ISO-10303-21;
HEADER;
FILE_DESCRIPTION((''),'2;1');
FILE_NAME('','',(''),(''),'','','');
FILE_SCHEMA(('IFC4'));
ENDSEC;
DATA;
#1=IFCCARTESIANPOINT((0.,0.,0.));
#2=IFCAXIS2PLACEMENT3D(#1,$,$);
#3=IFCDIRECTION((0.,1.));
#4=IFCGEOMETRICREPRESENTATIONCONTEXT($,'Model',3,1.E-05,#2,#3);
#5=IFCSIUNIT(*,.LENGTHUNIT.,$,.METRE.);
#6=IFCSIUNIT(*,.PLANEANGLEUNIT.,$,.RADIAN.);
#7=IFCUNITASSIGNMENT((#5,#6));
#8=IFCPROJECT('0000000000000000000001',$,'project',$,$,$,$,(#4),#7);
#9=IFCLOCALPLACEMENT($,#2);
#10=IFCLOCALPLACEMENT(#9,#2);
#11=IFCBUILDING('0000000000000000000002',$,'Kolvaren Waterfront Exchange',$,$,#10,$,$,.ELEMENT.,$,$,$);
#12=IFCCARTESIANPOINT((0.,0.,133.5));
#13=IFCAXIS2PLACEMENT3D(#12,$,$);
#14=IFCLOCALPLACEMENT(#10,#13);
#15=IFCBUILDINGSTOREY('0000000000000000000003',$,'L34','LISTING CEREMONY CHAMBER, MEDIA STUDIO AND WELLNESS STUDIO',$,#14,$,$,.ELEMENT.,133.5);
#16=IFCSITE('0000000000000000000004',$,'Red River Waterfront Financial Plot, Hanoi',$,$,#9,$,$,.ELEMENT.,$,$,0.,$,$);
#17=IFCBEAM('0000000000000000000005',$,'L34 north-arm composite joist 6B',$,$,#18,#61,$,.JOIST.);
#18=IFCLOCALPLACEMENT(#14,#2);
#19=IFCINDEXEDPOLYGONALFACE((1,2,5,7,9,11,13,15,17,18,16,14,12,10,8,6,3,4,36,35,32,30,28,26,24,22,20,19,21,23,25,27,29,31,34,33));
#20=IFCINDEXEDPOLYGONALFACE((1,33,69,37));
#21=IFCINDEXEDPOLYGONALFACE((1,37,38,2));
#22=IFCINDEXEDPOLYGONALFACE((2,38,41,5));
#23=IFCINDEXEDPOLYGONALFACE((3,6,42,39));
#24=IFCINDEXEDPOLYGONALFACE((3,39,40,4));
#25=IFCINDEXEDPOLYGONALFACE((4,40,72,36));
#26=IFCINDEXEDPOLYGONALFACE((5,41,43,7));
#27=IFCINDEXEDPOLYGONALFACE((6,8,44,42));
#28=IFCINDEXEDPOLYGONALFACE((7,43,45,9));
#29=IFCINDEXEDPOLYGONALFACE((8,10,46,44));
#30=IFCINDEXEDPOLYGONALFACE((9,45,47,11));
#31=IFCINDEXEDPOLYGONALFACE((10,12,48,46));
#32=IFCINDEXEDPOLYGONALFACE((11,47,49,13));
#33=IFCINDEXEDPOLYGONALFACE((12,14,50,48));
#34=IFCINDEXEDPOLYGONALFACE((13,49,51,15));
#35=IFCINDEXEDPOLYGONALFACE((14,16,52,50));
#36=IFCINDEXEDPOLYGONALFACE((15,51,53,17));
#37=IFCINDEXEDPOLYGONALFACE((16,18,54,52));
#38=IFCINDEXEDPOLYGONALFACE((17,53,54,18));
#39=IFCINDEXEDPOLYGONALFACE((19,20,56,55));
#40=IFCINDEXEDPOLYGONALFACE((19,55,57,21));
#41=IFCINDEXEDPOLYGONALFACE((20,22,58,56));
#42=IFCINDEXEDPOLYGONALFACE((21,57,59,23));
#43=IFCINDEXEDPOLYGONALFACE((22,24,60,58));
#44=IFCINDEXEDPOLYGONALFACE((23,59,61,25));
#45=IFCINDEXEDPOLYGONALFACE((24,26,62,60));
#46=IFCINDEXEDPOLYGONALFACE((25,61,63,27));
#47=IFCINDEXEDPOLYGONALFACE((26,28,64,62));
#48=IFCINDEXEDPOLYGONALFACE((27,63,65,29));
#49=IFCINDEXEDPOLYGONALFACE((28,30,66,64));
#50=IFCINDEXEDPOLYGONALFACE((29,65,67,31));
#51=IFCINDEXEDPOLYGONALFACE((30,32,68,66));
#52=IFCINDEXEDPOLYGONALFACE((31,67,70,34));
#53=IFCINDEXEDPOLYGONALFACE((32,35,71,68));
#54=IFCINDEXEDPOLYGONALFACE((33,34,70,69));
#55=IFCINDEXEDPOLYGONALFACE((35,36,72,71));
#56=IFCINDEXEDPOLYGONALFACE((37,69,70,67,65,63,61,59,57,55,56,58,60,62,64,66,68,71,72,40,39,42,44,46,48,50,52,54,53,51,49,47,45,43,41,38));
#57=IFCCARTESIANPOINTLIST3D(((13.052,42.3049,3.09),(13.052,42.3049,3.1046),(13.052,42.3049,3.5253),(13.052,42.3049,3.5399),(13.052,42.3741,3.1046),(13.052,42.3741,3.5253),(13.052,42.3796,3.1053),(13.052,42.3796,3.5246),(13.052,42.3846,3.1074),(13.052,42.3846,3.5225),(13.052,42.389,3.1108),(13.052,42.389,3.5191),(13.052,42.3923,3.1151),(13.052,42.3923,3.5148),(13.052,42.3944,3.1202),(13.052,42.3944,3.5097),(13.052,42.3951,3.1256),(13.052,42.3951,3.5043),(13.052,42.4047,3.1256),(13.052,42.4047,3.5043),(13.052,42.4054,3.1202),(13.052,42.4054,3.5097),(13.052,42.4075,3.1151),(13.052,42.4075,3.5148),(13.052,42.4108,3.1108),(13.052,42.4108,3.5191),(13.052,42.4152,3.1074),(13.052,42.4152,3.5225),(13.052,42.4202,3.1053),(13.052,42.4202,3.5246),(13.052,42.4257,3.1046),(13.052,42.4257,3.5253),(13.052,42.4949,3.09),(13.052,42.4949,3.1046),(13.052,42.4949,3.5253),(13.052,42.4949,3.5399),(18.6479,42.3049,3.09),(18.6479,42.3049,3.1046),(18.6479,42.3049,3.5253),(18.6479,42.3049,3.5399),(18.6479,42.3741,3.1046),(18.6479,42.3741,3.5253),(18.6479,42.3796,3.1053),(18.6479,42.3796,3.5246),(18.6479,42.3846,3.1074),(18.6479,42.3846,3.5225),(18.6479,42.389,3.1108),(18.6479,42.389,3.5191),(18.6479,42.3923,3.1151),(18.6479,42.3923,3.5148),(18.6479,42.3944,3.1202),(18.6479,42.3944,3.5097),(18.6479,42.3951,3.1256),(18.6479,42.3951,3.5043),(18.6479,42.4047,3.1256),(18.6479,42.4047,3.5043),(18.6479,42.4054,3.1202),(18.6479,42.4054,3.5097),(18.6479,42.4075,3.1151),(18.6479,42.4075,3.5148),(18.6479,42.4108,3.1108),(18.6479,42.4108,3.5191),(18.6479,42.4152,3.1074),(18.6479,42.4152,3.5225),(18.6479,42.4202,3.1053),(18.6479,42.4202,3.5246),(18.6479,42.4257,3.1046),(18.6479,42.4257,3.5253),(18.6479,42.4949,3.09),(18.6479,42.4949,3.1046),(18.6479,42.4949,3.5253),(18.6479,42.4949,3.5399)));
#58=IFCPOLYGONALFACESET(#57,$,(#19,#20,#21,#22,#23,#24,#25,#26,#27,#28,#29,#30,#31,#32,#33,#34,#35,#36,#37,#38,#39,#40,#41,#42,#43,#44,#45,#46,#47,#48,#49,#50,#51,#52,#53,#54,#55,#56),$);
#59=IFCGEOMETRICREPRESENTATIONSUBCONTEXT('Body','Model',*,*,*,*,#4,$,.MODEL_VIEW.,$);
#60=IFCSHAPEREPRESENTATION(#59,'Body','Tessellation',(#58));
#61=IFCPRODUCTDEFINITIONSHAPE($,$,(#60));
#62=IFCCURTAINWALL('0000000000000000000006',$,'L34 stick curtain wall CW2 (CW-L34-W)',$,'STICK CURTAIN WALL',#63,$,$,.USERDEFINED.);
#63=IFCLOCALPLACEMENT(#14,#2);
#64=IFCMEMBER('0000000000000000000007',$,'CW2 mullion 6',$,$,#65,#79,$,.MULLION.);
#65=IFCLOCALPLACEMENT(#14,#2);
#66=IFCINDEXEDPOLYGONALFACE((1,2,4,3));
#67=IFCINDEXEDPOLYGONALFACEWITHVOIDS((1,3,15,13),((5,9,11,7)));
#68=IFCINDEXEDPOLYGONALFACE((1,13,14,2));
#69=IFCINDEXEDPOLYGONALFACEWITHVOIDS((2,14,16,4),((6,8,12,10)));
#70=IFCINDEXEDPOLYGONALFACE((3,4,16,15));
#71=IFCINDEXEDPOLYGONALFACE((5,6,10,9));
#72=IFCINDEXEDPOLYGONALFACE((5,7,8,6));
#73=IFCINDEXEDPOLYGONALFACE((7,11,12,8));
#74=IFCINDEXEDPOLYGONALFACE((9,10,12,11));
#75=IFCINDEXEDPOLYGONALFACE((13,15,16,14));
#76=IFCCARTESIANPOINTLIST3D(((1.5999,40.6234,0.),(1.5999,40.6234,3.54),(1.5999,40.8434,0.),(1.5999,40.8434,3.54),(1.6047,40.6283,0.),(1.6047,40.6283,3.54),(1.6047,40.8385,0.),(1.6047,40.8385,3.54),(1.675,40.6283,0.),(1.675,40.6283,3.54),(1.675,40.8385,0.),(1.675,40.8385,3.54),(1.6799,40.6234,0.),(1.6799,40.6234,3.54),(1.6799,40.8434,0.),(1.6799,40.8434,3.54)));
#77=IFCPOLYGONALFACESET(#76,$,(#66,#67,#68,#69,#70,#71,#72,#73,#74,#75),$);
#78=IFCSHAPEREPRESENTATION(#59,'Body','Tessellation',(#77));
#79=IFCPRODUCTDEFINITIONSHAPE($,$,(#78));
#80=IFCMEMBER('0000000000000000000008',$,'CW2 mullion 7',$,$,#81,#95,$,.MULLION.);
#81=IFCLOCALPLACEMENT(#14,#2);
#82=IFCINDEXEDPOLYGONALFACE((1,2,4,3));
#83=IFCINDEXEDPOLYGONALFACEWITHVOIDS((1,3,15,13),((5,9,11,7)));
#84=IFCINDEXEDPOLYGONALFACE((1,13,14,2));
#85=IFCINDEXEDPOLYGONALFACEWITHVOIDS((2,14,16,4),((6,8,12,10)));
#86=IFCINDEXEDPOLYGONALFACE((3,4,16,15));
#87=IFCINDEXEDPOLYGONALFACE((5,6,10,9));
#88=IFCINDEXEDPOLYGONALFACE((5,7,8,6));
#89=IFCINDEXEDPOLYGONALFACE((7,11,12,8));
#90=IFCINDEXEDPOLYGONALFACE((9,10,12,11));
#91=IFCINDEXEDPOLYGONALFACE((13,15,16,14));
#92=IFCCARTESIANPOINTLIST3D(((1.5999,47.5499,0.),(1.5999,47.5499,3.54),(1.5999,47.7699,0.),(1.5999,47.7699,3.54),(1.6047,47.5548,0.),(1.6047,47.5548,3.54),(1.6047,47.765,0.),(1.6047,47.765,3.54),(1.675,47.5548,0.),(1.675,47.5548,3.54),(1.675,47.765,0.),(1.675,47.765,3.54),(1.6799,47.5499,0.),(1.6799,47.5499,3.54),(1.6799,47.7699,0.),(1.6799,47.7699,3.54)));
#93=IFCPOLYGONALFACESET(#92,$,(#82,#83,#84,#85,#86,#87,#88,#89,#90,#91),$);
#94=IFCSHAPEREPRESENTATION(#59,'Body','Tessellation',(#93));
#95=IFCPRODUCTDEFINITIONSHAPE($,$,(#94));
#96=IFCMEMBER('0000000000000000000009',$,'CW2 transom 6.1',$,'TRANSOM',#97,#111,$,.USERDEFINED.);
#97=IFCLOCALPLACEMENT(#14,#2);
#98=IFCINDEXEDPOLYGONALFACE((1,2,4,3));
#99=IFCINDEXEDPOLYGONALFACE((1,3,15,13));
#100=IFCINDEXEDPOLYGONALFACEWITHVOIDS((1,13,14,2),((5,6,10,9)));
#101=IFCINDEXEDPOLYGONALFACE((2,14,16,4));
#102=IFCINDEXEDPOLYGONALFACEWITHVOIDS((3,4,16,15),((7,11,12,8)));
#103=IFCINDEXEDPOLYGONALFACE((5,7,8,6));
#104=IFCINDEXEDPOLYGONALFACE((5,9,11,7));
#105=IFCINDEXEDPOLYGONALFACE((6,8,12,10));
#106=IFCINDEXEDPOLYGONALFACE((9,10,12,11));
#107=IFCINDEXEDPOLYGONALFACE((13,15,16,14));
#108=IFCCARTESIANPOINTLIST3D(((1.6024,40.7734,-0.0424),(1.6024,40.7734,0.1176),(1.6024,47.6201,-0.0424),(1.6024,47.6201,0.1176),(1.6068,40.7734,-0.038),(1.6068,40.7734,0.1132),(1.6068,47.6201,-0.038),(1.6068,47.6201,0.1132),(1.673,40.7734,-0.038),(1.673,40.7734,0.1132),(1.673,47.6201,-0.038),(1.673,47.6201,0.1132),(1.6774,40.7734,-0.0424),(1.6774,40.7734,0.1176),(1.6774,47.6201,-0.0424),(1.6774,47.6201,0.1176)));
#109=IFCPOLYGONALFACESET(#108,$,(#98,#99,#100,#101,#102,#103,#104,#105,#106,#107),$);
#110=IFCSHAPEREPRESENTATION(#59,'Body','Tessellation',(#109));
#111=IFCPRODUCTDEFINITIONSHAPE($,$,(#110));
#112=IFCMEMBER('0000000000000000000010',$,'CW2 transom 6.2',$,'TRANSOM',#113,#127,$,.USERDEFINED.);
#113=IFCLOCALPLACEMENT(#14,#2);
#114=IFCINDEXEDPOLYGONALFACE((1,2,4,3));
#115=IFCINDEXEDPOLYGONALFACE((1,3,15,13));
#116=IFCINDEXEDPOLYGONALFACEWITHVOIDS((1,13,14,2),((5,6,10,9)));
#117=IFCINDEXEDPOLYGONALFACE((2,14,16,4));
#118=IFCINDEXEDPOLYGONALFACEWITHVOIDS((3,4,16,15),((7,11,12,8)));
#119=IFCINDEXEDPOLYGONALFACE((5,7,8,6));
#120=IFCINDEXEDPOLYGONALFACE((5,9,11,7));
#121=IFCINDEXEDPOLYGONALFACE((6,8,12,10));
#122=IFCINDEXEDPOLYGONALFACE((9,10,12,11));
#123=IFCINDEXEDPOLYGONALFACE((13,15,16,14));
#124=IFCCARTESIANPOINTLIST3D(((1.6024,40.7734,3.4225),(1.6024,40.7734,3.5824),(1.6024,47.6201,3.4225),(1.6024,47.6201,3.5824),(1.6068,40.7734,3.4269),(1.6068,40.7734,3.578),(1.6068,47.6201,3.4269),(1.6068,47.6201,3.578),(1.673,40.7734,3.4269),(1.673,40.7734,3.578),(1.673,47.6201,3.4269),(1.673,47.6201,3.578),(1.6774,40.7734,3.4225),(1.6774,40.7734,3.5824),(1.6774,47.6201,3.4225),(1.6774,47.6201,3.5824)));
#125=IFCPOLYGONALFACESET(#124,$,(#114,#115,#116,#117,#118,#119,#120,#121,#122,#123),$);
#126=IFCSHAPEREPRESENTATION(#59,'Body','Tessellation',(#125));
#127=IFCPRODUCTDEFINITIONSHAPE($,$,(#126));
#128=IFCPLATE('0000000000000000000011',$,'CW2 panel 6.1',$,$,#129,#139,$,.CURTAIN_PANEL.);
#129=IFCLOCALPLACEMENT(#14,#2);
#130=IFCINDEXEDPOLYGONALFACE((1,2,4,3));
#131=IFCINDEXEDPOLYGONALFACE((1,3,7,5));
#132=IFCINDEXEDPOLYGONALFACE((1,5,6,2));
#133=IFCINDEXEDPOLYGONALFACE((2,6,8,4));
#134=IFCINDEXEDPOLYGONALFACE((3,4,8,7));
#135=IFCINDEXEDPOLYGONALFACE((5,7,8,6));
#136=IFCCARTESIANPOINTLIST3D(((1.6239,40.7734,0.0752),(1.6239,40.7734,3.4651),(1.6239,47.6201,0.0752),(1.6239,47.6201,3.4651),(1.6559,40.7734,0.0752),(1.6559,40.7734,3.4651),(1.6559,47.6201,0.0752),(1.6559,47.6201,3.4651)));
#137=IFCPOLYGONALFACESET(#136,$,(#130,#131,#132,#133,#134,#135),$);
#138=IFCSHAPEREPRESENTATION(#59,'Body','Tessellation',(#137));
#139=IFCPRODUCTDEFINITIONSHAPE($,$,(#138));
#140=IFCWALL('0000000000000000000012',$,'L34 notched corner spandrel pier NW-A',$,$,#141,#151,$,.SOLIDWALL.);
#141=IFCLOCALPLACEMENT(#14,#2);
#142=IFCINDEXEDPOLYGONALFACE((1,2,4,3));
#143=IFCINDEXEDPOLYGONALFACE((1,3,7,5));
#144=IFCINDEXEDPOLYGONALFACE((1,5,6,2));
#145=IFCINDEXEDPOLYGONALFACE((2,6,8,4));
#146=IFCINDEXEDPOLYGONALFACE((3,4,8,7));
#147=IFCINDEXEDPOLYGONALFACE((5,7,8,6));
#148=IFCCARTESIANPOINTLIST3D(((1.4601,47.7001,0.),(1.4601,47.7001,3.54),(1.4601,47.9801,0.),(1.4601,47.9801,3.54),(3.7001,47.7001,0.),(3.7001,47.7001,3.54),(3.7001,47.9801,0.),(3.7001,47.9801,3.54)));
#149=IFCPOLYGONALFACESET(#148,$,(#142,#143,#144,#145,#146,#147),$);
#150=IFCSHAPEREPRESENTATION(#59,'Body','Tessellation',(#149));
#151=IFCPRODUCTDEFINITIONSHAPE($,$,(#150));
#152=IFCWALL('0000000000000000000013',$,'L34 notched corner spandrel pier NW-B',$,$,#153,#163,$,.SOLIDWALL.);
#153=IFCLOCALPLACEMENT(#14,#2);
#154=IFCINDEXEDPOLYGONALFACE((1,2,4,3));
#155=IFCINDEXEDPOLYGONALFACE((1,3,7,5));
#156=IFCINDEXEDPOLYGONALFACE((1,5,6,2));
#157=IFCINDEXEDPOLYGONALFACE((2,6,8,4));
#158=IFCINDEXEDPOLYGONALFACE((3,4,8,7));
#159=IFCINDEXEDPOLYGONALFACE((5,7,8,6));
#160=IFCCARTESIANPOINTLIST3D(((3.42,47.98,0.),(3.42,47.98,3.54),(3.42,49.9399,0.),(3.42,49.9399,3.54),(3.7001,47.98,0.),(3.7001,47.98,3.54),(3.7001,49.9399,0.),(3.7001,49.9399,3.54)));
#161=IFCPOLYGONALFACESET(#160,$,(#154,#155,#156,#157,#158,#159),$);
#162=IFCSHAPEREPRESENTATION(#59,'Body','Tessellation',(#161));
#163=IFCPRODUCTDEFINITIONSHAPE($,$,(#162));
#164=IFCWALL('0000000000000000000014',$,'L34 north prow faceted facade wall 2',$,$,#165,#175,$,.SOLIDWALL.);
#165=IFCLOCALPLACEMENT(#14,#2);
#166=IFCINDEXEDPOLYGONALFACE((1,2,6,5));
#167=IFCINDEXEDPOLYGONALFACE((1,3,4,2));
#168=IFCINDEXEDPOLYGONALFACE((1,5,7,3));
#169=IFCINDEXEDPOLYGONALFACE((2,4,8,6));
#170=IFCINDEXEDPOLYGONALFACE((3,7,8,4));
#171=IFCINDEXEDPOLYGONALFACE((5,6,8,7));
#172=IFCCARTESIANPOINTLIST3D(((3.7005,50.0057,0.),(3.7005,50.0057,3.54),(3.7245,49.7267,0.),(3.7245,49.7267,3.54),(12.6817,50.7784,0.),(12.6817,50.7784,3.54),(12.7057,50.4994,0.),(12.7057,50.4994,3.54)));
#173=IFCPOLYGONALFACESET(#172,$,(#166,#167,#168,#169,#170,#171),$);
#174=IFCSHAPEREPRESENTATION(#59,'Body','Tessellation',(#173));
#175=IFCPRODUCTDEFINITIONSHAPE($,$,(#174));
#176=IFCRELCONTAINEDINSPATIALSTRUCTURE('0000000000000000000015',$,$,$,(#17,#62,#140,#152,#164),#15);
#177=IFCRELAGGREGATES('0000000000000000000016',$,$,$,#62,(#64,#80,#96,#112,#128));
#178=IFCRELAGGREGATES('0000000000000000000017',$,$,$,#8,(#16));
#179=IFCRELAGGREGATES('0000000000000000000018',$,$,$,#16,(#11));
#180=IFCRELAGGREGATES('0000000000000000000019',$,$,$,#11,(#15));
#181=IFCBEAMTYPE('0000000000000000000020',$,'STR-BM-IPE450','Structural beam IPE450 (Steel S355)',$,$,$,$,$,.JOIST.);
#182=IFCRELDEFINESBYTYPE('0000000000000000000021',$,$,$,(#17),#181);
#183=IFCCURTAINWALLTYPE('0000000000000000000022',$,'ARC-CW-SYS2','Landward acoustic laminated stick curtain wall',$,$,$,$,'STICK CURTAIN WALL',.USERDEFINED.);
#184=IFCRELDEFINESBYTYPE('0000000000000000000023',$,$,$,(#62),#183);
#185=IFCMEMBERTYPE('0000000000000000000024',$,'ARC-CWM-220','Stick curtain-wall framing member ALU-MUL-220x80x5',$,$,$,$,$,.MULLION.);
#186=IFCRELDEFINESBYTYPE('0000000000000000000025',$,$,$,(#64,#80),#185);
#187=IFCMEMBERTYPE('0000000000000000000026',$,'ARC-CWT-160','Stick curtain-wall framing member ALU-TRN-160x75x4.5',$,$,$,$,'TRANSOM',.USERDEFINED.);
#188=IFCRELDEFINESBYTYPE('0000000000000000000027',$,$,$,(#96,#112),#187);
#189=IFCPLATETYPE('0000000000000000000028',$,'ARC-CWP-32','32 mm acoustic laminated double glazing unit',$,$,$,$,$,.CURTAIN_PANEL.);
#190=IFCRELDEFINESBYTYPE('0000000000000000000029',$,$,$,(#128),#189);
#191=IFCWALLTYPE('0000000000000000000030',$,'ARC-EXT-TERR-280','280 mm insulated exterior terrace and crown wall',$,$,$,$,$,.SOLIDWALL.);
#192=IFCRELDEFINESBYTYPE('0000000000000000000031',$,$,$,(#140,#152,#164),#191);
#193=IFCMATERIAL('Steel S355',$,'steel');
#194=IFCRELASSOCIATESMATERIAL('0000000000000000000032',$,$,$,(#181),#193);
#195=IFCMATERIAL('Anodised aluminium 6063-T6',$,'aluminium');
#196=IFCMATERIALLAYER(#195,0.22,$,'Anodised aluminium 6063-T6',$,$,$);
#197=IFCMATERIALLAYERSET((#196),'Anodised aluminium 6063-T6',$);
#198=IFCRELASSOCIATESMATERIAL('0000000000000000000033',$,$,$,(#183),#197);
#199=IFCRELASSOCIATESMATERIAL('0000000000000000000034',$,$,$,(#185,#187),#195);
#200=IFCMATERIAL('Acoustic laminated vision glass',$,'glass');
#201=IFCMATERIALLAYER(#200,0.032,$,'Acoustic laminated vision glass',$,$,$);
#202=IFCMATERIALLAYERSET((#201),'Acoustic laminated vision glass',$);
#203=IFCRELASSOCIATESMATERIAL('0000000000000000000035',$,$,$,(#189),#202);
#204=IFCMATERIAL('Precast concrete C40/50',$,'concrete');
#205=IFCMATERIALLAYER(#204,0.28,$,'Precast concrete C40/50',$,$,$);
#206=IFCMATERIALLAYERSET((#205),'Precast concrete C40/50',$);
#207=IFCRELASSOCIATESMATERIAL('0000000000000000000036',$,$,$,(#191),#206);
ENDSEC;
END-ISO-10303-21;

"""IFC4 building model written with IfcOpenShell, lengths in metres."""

from ifc_helpers import new_model, si_unit, direction, frame, frame_2d, origin, origin_with_axes, origin_2d, place, context, subcontext, project, spatial, rectangle, hollow_rectangle, i_section, extrude, source, transform, mapped, material, layer, layer_set, material_profile, profile_set, type_object, element, aggregate, save


model = new_model("IFC4")

# Units and contexts
model_context = context("Model", 3, precision=1e-05, world=origin(), true_north=direction((0.0, 1.0)))
body_context = subcontext(model_context, "Body", "Model", "MODEL_VIEW")
ifc_project = project(units=[si_unit("LENGTHUNIT", "METRE"), si_unit("PLANEANGLEUNIT", "RADIAN")], contexts=[model_context])

# Site, building, storey
site_placement = place(None, origin())
site = spatial("IfcSite", under=ifc_project, at=site_placement, Name="Red River Waterfront Financial Plot, Hanoi", CompositionType="ELEMENT", RefElevation=0.0)
building_placement = place(site_placement, origin())
building = spatial("IfcBuilding", under=site, at=building_placement, Name="Kolvaren Waterfront Exchange", CompositionType="ELEMENT")
storey_placement = place(building_placement, frame((0.0, 0.0, 133.5)))
storey = spatial("IfcBuildingStorey", under=building, at=storey_placement, Name="L34", Description="LISTING CEREMONY CHAMBER, MEDIA STUDIO AND WELLNESS STUDIO", CompositionType="ELEMENT", Elevation=133.5)

# Beam
ifc_material_1 = material(Name="Steel S355", Category="steel")
ifc_material_profile_1 = material_profile(ifc_material_1, i_section(OverallWidth=0.1899, OverallDepth=0.45, WebThickness=0.0095, FlangeThickness=0.0146, FilletRadius=0.021, at=origin_2d()), Name="IPE450")
ifc_profile_set_1 = profile_set([ifc_material_profile_1], Name="Steel S355")
beam_type_1 = type_object("IfcBeamType", Name="STR-BM-IPE450", Description="Structural beam IPE450 (Steel S355)", PredefinedType="JOIST", material=ifc_profile_set_1)
beam_1_placement = place(storey_placement, frame((13.052, 42.3999, 3.3149), z_axis=(1.0, 0.0, 0.0), x_axis=(0.0, 1.0, 0.0)))
element("IfcBeam", 1, at=beam_1_placement, inside=storey, type_object=beam_type_1, Name="L34 north-arm composite joist 6B", PredefinedType="JOIST", context=body_context, shape_type="SweptSolid", body=[
    extrude(i_section(OverallWidth=0.1899, OverallDepth=0.45, WebThickness=0.0095, FlangeThickness=0.0146, FilletRadius=0.021, at=origin_2d()), origin(), (0.0, 0.0, 1.0), 5.5959),
])

# Curtain wall, members, plate
ifc_material_2 = material(Name="Anodised aluminium 6063-T6", Category="aluminium")
ifc_layer_1 = layer(ifc_material_2, 0.22, Name="Anodised aluminium 6063-T6")
ifc_layer_set_1 = layer_set([ifc_layer_1], Name="Anodised aluminium 6063-T6")
curtain_wall_type = type_object("IfcCurtainWallType", Name="ARC-CW-SYS2", Description="Landward acoustic laminated stick curtain wall", ElementType="STICK CURTAIN WALL", PredefinedType="USERDEFINED", material=ifc_layer_set_1)
curtain_wall_placement = place(storey_placement, origin())
curtain_wall = element("IfcCurtainWall", 2, at=curtain_wall_placement, inside=storey, type_object=curtain_wall_type, Name="L34 stick curtain wall CW2 (CW-L34-W)", ObjectType="STICK CURTAIN WALL", PredefinedType="USERDEFINED")
ifc_material_profile_2 = material_profile(ifc_material_2, hollow_rectangle(XDim=0.0801, YDim=0.22, WallThickness=0.0049, at=origin_2d()), Name="ALU-MUL-220x80x5")
ifc_profile_set_2 = profile_set([ifc_material_profile_2], Name="Anodised aluminium 6063-T6")
member_type_1 = type_object("IfcMemberType", Name="ARC-CWM-220", Description="Stick curtain-wall framing member ALU-MUL-220x80x5", PredefinedType="MULLION", material=ifc_profile_set_2)
shared_shape_1 = source(origin_with_axes(), body_context, "Body", "SweptSolid", [
    extrude(hollow_rectangle(XDim=0.0801, YDim=0.22, WallThickness=0.0049, at=origin_2d()), origin(), (0.0, 0.0, 1.0), 3.54),
])
member_1_placement = place(storey_placement, frame((1.6399, 40.7334, 0.0), z_axis=(0.0, 0.0, 1.0), x_axis=(-1.0, 0.0, 0.0)))
member_1 = element("IfcMember", 3, at=member_1_placement, type_object=member_type_1, Name="CW2 mullion 6", PredefinedType="MULLION", context=body_context, shape_type="MappedRepresentation", body=[
    mapped(shared_shape_1, transform((0.0, 0.0, 0.0), x_axis=(1.0, 0.0, 0.0), y_axis=(0.0, 1.0, 0.0), z_axis=(0.0, 0.0, 1.0), scale=1.0)),
])
member_2_placement = place(storey_placement, frame((1.6399, 47.6599, 0.0), z_axis=(0.0, 0.0, 1.0), x_axis=(-1.0, 0.0, 0.0)))
member_2 = element("IfcMember", 4, at=member_2_placement, type_object=member_type_1, Name="CW2 mullion 7", PredefinedType="MULLION", context=body_context, shape_type="MappedRepresentation", body=[
    mapped(shared_shape_1, transform((0.0, 0.0, 0.0), x_axis=(1.0, 0.0, 0.0), y_axis=(0.0, 1.0, 0.0), z_axis=(0.0, 0.0, 1.0), scale=1.0)),
])
ifc_material_profile_3 = material_profile(ifc_material_2, hollow_rectangle(XDim=0.075, YDim=0.1599, WallThickness=0.0044, at=origin_2d()), Name="ALU-TRN-160x75x4.5")
ifc_profile_set_3 = profile_set([ifc_material_profile_3], Name="Anodised aluminium 6063-T6")
member_type_2 = type_object("IfcMemberType", Name="ARC-CWT-160", Description="Stick curtain-wall framing member ALU-TRN-160x75x4.5", ElementType="TRANSOM", PredefinedType="USERDEFINED", material=ifc_profile_set_3)
shared_shape_2 = source(origin_with_axes(), body_context, "Body", "SweptSolid", [
    extrude(hollow_rectangle(XDim=0.075, YDim=0.1599, WallThickness=0.0044, at=origin_2d()), origin(), (0.0, 0.0, 1.0), 6.8467),
])
member_3_placement = place(storey_placement, frame((1.6399, 40.7734, 0.0376), z_axis=(0.0, 1.0, 0.0), x_axis=(-1.0, 0.0, 0.0)))
member_3 = element("IfcMember", 5, at=member_3_placement, type_object=member_type_2, Name="CW2 transom 6.1", ObjectType="TRANSOM", PredefinedType="USERDEFINED", context=body_context, shape_type="MappedRepresentation", body=[
    mapped(shared_shape_2, transform((0.0, 0.0, 0.0), x_axis=(1.0, 0.0, 0.0), y_axis=(0.0, 1.0, 0.0), z_axis=(0.0, 0.0, 1.0), scale=1.0)),
])
member_4_placement = place(storey_placement, frame((1.6399, 40.7734, 3.5024), z_axis=(0.0, 1.0, 0.0), x_axis=(-1.0, 0.0, 0.0)))
member_4 = element("IfcMember", 6, at=member_4_placement, type_object=member_type_2, Name="CW2 transom 6.2", ObjectType="TRANSOM", PredefinedType="USERDEFINED", context=body_context, shape_type="MappedRepresentation", body=[
    mapped(shared_shape_2, transform((0.0, 0.0, 0.0), x_axis=(1.0, 0.0, 0.0), y_axis=(0.0, 1.0, 0.0), z_axis=(0.0, 0.0, 1.0), scale=1.0)),
])
ifc_material_3 = material(Name="Acoustic laminated vision glass", Category="glass")
ifc_layer_2 = layer(ifc_material_3, 0.032, Name="Acoustic laminated vision glass")
ifc_layer_set_2 = layer_set([ifc_layer_2], Name="Acoustic laminated vision glass")
plate_type = type_object("IfcPlateType", Name="ARC-CWP-32", Description="32 mm acoustic laminated double glazing unit", PredefinedType="CURTAIN_PANEL", material=ifc_layer_set_2)
shared_shape_3 = source(origin_with_axes(), body_context, "Body", "SweptSolid", [
    extrude(rectangle(XDim=6.8467, YDim=0.032, at=origin_2d()), origin(), (0.0, 0.0, 1.0), 3.3899),
])
plate_placement = place(storey_placement, frame((1.6399, 44.1968, 0.0752), z_axis=(0.0, 0.0, 1.0), x_axis=(0.0, 1.0, 0.0)))
plate = element("IfcPlate", 7, at=plate_placement, type_object=plate_type, Name="CW2 panel 6.1", PredefinedType="CURTAIN_PANEL", context=body_context, shape_type="MappedRepresentation", body=[
    mapped(shared_shape_3, transform((0.0, 0.0, 0.0), x_axis=(1.0, 0.0, 0.0), y_axis=(0.0, 1.0, 0.0), z_axis=(0.0, 0.0, 1.0), scale=1.0)),
])
aggregate(curtain_wall, [member_1, member_2, member_3, member_4, plate])

# Walls
ifc_material_4 = material(Name="Precast concrete C40/50", Category="concrete")
ifc_layer_3 = layer(ifc_material_4, 0.28, Name="Precast concrete C40/50")
ifc_layer_set_3 = layer_set([ifc_layer_3], Name="Precast concrete C40/50")
wall_type_1 = type_object("IfcWallType", Name="ARC-EXT-TERR-280", Description="280 mm insulated exterior terrace and crown wall", PredefinedType="SOLIDWALL", material=ifc_layer_set_3)
wall_1_placement = place(storey_placement, frame((1.46, 47.8401, 0.0), z_axis=(0.0, 0.0, 1.0), x_axis=(1.0, 0.0, 0.0)))
element("IfcWall", 8, at=wall_1_placement, inside=storey, type_object=wall_type_1, Name="L34 notched corner spandrel pier NW-A", PredefinedType="SOLIDWALL", context=body_context, shape_type="SweptSolid", body=[
    extrude(rectangle(XDim=2.24, YDim=0.28, at=frame_2d((1.1201, 0.0))), origin(), (0.0, 0.0, 1.0), 3.54),
])
wall_2_placement = place(storey_placement, frame((3.5601, 47.98, 0.0), z_axis=(0.0, 0.0, 1.0), x_axis=(0.0, 1.0, 0.0)))
element("IfcWall", 9, at=wall_2_placement, inside=storey, type_object=wall_type_1, Name="L34 notched corner spandrel pier NW-B", PredefinedType="SOLIDWALL", context=body_context, shape_type="SweptSolid", body=[
    extrude(rectangle(XDim=1.96, YDim=0.28, at=frame_2d((0.98, 0.0))), origin(), (0.0, 0.0, 1.0), 3.54),
])
wall_3_placement = place(storey_placement, frame((12.6938, 50.6389, 0.0), z_axis=(0.0, 0.0, 1.0), x_axis=(-0.996319, -0.085719, 0.0)))
element("IfcWall", 10, at=wall_3_placement, inside=storey, type_object=wall_type_1, Name="L34 north prow faceted facade wall 2", PredefinedType="SOLIDWALL", context=body_context, shape_type="SweptSolid", body=[
    extrude(rectangle(XDim=9.0144, YDim=0.28, at=frame_2d((4.5073, 0.0))), origin(), (0.0, 0.0, 1.0), 3.54),
])

save(model, "model.ifc")
